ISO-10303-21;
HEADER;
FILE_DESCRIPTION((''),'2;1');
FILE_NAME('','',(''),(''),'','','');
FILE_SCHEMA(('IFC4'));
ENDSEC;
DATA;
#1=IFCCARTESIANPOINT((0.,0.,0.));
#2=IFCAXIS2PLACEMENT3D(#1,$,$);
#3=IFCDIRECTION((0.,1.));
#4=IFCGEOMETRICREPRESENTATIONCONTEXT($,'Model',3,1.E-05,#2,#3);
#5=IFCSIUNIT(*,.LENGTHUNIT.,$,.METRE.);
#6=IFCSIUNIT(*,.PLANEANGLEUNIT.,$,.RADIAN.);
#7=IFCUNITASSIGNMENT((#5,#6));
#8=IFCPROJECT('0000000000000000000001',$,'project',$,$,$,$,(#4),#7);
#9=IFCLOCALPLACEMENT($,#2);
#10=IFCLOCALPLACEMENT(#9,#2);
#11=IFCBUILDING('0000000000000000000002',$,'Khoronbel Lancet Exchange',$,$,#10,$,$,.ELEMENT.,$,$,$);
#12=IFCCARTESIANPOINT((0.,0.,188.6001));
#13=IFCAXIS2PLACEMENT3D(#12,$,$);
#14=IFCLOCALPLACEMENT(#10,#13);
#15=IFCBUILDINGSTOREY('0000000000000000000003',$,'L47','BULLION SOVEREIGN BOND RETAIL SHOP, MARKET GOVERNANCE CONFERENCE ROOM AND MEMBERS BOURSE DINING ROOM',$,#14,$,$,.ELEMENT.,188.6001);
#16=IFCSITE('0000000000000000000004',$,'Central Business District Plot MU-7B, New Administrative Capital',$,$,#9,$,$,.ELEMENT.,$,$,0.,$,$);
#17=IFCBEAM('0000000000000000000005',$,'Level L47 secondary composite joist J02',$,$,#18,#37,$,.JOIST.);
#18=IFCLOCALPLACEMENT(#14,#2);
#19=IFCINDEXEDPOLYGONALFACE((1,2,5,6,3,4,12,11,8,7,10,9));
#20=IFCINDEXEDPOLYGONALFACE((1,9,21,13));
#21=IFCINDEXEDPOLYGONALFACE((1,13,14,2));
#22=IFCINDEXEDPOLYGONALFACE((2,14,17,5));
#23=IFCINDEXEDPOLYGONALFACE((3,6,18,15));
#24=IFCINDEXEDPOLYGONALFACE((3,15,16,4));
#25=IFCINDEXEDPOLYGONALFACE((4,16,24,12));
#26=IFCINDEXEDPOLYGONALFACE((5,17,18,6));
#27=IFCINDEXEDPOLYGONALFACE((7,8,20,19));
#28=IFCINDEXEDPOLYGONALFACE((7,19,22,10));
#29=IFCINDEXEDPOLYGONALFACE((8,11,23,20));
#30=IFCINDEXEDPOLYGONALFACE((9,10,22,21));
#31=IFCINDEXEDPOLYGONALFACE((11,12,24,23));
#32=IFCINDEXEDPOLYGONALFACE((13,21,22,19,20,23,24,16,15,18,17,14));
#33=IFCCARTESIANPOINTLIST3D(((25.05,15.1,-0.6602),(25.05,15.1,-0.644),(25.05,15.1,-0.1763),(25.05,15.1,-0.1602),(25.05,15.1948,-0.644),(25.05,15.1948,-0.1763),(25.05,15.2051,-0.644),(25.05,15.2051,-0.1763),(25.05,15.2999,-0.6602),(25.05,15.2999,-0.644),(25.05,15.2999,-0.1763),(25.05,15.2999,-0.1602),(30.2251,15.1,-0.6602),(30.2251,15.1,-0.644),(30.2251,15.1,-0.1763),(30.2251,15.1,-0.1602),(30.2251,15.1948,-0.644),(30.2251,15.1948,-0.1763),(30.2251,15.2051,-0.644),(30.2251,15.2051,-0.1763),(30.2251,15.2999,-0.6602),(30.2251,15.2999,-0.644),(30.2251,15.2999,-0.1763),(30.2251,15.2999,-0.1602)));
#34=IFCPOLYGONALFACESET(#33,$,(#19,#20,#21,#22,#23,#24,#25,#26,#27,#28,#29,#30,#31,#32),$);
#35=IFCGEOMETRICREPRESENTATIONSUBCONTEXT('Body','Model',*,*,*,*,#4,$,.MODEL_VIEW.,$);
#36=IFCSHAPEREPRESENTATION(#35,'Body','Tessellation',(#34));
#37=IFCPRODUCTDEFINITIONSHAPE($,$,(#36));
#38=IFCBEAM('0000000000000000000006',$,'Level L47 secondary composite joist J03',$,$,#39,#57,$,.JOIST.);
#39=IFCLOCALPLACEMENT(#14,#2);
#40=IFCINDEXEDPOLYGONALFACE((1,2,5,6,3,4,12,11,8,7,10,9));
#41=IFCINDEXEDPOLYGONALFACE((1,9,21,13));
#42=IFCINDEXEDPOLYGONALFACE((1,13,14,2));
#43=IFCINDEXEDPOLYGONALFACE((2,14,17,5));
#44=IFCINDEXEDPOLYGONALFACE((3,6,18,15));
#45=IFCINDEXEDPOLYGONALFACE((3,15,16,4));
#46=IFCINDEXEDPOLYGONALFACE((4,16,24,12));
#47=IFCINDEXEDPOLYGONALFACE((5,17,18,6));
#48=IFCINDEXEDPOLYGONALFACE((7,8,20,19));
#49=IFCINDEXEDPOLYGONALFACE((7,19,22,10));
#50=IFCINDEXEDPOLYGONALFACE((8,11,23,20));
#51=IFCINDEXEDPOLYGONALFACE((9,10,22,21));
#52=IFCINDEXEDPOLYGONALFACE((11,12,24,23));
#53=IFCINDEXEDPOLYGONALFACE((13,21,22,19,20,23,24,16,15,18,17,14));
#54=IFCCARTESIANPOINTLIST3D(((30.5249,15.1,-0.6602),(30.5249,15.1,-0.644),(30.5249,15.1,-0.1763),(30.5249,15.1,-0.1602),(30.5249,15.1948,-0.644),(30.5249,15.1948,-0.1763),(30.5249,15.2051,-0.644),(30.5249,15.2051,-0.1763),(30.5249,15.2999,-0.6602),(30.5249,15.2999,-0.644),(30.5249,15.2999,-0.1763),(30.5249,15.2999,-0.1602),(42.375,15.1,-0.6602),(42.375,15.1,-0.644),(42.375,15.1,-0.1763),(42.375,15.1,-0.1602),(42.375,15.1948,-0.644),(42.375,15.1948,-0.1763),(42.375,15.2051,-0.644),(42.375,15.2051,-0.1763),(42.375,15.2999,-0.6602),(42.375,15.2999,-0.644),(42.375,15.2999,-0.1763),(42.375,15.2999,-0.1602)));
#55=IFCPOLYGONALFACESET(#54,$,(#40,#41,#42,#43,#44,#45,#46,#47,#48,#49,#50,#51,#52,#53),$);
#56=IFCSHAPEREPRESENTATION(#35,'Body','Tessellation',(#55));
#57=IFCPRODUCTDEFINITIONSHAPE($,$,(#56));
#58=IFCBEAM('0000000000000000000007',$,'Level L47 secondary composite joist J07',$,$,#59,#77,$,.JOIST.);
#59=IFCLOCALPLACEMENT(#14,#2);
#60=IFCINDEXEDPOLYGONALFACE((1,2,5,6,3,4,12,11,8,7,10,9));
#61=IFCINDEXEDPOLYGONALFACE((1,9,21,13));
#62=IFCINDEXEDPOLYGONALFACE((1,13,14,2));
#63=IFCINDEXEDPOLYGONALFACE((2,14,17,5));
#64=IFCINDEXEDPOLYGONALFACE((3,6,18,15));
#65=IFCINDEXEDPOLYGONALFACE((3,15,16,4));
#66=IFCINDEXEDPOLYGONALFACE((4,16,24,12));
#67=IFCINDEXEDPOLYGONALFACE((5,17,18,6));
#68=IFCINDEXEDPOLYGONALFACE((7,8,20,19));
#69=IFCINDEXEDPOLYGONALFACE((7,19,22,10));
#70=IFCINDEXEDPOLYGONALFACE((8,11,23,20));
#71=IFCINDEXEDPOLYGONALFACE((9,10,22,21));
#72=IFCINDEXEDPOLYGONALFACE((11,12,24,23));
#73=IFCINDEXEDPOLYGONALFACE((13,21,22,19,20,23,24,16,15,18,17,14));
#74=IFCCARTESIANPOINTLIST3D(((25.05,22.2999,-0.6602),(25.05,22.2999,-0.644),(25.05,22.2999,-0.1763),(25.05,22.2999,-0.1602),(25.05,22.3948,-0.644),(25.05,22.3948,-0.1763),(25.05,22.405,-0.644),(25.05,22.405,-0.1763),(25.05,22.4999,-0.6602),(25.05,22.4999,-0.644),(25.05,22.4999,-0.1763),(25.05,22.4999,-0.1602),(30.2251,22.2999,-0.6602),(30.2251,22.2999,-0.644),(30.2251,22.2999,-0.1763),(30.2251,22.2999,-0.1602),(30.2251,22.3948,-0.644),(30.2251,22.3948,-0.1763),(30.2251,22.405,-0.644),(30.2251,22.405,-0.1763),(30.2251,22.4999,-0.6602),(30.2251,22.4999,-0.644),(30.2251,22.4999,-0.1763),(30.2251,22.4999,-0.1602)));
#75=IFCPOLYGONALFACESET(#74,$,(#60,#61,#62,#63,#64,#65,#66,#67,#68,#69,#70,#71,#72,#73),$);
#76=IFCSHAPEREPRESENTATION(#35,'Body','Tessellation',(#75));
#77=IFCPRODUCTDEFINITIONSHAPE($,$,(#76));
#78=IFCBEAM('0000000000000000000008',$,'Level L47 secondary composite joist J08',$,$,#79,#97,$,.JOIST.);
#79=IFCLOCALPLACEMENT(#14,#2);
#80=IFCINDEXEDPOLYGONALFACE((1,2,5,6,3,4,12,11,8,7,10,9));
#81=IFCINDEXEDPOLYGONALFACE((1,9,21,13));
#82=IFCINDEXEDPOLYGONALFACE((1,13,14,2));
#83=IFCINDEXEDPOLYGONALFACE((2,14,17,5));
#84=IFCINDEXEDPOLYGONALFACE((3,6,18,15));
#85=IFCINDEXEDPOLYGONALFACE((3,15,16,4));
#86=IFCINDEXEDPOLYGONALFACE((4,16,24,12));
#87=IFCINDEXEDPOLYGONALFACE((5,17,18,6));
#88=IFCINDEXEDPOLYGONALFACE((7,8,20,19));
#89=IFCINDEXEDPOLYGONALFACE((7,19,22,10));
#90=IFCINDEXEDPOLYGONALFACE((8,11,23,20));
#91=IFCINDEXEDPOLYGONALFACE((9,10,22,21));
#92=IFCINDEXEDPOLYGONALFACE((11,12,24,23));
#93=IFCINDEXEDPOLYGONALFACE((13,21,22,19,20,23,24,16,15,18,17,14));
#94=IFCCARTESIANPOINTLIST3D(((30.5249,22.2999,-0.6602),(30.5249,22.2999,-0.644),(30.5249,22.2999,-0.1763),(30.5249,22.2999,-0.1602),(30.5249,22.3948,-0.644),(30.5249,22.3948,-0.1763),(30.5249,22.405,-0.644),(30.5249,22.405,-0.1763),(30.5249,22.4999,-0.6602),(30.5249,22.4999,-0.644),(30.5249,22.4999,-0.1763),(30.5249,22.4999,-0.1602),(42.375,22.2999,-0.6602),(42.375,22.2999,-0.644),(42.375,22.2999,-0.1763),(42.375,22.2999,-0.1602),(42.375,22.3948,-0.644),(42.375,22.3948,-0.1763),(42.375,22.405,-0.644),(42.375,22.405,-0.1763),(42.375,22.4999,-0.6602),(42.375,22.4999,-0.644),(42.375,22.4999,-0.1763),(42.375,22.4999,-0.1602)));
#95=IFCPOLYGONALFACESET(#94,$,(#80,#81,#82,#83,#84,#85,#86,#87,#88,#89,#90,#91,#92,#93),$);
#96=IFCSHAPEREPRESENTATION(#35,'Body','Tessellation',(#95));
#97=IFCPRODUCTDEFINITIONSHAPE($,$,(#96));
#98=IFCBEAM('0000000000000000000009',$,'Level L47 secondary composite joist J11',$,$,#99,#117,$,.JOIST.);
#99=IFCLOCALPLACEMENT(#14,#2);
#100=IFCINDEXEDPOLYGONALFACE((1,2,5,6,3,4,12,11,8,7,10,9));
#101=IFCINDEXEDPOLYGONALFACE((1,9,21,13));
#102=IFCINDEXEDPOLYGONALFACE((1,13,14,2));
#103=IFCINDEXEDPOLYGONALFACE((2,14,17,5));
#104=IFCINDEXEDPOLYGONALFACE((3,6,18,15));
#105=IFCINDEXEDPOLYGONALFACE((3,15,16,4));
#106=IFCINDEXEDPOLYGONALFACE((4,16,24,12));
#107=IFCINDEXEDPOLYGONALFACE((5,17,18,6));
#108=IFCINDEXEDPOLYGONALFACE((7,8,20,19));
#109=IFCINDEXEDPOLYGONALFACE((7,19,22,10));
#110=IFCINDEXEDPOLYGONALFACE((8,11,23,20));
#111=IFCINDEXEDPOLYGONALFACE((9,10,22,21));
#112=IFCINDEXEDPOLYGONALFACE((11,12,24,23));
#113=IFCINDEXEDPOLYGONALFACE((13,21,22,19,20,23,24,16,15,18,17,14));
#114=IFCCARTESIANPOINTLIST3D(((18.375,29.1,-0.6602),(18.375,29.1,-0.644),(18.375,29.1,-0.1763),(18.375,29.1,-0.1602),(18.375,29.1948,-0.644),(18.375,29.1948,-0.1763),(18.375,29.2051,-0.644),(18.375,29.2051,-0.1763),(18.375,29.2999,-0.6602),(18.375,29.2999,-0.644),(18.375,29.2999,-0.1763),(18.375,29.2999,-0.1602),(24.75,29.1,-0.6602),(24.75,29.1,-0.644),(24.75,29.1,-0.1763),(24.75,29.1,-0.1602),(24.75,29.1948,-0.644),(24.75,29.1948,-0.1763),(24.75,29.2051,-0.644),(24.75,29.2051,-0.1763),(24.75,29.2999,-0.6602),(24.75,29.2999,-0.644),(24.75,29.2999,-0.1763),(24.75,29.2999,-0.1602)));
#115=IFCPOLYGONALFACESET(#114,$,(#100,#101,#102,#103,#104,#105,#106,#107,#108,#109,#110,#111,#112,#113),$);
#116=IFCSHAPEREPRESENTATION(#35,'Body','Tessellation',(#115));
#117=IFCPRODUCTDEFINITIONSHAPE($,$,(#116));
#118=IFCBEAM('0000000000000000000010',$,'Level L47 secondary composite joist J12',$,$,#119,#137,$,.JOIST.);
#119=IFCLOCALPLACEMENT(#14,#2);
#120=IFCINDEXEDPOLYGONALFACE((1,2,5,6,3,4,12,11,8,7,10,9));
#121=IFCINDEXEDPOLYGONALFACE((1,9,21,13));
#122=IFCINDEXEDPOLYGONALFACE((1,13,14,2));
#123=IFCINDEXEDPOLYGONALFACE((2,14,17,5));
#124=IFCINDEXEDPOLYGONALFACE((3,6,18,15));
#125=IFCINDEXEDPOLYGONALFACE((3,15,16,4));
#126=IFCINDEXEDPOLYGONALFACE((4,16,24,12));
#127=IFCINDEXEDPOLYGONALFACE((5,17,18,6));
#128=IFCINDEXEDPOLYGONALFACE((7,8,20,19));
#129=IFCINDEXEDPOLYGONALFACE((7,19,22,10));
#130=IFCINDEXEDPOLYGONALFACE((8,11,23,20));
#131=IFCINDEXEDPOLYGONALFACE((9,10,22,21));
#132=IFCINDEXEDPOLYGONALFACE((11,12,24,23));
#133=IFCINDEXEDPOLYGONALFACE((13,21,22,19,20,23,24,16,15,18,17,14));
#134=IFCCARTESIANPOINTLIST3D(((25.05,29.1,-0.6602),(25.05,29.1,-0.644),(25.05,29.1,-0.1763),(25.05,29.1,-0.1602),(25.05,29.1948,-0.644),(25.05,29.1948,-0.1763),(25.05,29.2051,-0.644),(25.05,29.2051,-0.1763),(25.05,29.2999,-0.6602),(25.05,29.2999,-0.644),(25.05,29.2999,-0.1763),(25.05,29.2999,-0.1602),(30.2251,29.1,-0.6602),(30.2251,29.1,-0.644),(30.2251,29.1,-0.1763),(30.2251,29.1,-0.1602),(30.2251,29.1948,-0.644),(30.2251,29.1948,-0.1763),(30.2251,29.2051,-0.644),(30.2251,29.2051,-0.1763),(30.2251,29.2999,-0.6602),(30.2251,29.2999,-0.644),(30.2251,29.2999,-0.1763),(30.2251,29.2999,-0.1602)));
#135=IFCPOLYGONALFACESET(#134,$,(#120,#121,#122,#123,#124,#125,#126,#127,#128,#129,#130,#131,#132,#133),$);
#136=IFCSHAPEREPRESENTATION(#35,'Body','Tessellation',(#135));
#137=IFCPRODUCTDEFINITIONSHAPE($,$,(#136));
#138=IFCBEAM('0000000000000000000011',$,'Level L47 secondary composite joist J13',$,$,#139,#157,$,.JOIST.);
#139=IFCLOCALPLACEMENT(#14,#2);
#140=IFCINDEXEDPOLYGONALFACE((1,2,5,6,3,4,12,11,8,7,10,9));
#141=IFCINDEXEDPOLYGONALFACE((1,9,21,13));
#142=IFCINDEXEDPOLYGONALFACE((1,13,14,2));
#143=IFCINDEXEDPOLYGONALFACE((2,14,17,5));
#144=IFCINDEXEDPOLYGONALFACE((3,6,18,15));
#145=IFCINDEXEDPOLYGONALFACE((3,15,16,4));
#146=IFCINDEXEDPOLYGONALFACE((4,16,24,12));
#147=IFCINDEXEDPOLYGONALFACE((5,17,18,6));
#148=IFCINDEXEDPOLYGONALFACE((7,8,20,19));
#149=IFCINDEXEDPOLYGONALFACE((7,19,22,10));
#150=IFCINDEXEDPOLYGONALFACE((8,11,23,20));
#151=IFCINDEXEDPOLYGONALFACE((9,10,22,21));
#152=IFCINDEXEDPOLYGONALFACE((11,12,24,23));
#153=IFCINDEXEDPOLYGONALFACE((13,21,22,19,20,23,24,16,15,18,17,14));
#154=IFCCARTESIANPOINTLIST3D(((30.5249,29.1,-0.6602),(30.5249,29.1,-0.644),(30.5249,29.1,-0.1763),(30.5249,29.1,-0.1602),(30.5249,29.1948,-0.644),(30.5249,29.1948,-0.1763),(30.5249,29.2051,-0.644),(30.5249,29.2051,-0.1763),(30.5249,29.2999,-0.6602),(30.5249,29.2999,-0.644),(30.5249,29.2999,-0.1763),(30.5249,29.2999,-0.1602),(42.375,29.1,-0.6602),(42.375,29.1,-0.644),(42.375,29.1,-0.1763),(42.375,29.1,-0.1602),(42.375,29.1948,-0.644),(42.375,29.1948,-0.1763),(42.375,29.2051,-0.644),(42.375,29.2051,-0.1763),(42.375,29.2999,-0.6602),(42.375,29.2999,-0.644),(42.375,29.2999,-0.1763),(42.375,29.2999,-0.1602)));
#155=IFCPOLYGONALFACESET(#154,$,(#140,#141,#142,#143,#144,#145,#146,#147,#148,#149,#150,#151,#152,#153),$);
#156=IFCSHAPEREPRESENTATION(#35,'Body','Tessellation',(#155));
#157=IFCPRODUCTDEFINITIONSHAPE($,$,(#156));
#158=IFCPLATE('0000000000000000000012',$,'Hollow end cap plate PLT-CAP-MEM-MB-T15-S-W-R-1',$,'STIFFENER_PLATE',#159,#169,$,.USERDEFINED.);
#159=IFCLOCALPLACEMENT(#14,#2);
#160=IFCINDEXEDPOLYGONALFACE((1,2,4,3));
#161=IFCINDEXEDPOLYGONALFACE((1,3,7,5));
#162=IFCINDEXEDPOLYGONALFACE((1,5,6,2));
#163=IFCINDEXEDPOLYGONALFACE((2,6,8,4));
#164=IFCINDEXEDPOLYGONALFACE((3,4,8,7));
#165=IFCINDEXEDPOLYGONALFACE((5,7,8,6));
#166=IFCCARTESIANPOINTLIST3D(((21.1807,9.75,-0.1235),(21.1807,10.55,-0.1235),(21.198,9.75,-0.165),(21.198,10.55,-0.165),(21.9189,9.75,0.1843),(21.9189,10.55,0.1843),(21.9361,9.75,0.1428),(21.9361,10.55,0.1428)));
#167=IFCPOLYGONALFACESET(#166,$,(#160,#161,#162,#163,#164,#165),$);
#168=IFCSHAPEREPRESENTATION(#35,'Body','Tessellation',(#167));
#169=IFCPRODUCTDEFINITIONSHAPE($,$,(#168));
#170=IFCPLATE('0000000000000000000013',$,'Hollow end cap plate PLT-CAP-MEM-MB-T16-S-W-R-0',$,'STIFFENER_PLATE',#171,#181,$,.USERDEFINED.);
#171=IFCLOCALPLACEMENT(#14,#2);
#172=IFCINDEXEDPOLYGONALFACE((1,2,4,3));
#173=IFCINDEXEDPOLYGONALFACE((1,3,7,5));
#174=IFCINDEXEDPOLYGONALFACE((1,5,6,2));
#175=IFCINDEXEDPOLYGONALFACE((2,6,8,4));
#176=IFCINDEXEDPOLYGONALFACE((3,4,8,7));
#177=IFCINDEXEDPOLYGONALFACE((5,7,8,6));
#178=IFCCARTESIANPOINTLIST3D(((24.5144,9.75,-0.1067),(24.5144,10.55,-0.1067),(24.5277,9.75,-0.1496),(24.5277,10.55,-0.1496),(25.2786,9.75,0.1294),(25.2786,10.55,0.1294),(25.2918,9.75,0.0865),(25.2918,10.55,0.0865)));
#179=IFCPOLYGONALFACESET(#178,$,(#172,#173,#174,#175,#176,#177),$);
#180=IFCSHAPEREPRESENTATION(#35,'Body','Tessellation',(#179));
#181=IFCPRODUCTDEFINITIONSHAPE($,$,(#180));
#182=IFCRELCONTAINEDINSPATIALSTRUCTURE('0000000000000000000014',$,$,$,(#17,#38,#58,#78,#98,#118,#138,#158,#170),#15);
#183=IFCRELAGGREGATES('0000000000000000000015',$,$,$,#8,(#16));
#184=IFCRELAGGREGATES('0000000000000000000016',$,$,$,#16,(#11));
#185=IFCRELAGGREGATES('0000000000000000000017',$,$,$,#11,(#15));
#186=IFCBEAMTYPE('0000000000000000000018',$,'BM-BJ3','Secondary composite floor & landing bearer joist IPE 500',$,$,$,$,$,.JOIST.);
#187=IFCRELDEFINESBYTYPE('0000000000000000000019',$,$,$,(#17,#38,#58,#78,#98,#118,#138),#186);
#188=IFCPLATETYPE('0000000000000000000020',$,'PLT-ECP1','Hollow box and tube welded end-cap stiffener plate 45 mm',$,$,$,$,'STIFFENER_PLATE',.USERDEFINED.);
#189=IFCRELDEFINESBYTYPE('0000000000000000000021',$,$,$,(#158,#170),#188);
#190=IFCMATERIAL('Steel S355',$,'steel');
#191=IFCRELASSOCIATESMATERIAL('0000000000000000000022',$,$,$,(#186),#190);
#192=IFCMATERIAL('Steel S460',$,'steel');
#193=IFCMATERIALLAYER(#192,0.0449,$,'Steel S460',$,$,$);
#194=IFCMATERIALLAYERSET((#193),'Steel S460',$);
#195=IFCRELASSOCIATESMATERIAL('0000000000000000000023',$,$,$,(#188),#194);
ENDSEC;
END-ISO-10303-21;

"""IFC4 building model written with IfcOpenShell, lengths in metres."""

from ifc_helpers import new_model, si_unit, direction, frame, origin, origin_2d, place, context, subcontext, project, spatial, polyline, i_section, outline, extrude, material, layer, layer_set, material_profile, profile_set, type_object, element, save


model = new_model("IFC4")

# Units and contexts
model_context = context("Model", 3, precision=1e-05, world=origin(), true_north=direction((0.0, 1.0)))
body_context = subcontext(model_context, "Body", "Model", "MODEL_VIEW")
ifc_project = project(units=[si_unit("LENGTHUNIT", "METRE"), si_unit("PLANEANGLEUNIT", "RADIAN")], contexts=[model_context])

# Site, building, storey
site_placement = place(None, origin())
site = spatial("IfcSite", under=ifc_project, at=site_placement, Name="Central Business District Plot MU-7B, New Administrative Capital", CompositionType="ELEMENT", RefElevation=0.0)
building_placement = place(site_placement, origin())
building = spatial("IfcBuilding", under=site, at=building_placement, Name="Khoronbel Lancet Exchange", CompositionType="ELEMENT")
storey_placement = place(building_placement, frame((0.0, 0.0, 188.6001)))
storey = spatial("IfcBuildingStorey", under=building, at=storey_placement, Name="L47", Description="BULLION SOVEREIGN BOND RETAIL SHOP, MARKET GOVERNANCE CONFERENCE ROOM AND MEMBERS BOURSE DINING ROOM", CompositionType="ELEMENT", Elevation=188.6001)

# Beams
ifc_material_1 = material(Name="Steel S355", Category="steel")
ifc_material_profile = material_profile(ifc_material_1, i_section(OverallWidth=0.2, OverallDepth=0.5, WebThickness=0.0103, FlangeThickness=0.0161, at=origin_2d()), Name="IPE 500")
ifc_profile_set = profile_set([ifc_material_profile], Name="Steel S355")
beam_type = type_object("IfcBeamType", Name="BM-BJ3", Description="Secondary composite floor & landing bearer joist IPE 500", PredefinedType="JOIST", material=ifc_profile_set)
beam_1_placement = place(storey_placement, frame((25.05, 15.2, -0.4102), z_axis=(1.0, 0.0, 0.0), x_axis=(0.0, 1.0, 0.0)))
element("IfcBeam", 1, at=beam_1_placement, inside=storey, type_object=beam_type, Name="Level L47 secondary composite joist J02", PredefinedType="JOIST", context=body_context, shape_type="SweptSolid", body=[
    extrude(i_section(OverallWidth=0.2, OverallDepth=0.5, WebThickness=0.0103, FlangeThickness=0.0161, at=origin_2d()), origin(), (0.0, 0.0, 1.0), 5.175),
])
beam_2_placement = place(storey_placement, frame((30.5249, 15.2, -0.4102), z_axis=(1.0, 0.0, 0.0), x_axis=(0.0, 1.0, 0.0)))
element("IfcBeam", 2, at=beam_2_placement, inside=storey, type_object=beam_type, Name="Level L47 secondary composite joist J03", PredefinedType="JOIST", context=body_context, shape_type="SweptSolid", body=[
    extrude(i_section(OverallWidth=0.2, OverallDepth=0.5, WebThickness=0.0103, FlangeThickness=0.0161, at=origin_2d()), origin(), (0.0, 0.0, 1.0), 11.8501),
])
beam_3_placement = place(storey_placement, frame((25.05, 22.3999, -0.4102), z_axis=(1.0, 0.0, 0.0), x_axis=(0.0, 1.0, 0.0)))
element("IfcBeam", 3, at=beam_3_placement, inside=storey, type_object=beam_type, Name="Level L47 secondary composite joist J07", PredefinedType="JOIST", context=body_context, shape_type="SweptSolid", body=[
    extrude(i_section(OverallWidth=0.2, OverallDepth=0.5, WebThickness=0.0103, FlangeThickness=0.0161, at=origin_2d()), origin(), (0.0, 0.0, 1.0), 5.175),
])
beam_4_placement = place(storey_placement, frame((30.5249, 22.3999, -0.4102), z_axis=(1.0, 0.0, 0.0), x_axis=(0.0, 1.0, 0.0)))
element("IfcBeam", 4, at=beam_4_placement, inside=storey, type_object=beam_type, Name="Level L47 secondary composite joist J08", PredefinedType="JOIST", context=body_context, shape_type="SweptSolid", body=[
    extrude(i_section(OverallWidth=0.2, OverallDepth=0.5, WebThickness=0.0103, FlangeThickness=0.0161, at=origin_2d()), origin(), (0.0, 0.0, 1.0), 11.8501),
])
beam_5_placement = place(storey_placement, frame((18.375, 29.2, -0.4102), z_axis=(1.0, 0.0, 0.0), x_axis=(0.0, 1.0, 0.0)))
element("IfcBeam", 5, at=beam_5_placement, inside=storey, type_object=beam_type, Name="Level L47 secondary composite joist J11", PredefinedType="JOIST", context=body_context, shape_type="SweptSolid", body=[
    extrude(i_section(OverallWidth=0.2, OverallDepth=0.5, WebThickness=0.0103, FlangeThickness=0.0161, at=origin_2d()), origin(), (0.0, 0.0, 1.0), 6.375),
])
beam_6_placement = place(storey_placement, frame((25.05, 29.2, -0.4102), z_axis=(1.0, 0.0, 0.0), x_axis=(0.0, 1.0, 0.0)))
element("IfcBeam", 6, at=beam_6_placement, inside=storey, type_object=beam_type, Name="Level L47 secondary composite joist J12", PredefinedType="JOIST", context=body_context, shape_type="SweptSolid", body=[
    extrude(i_section(OverallWidth=0.2, OverallDepth=0.5, WebThickness=0.0103, FlangeThickness=0.0161, at=origin_2d()), origin(), (0.0, 0.0, 1.0), 5.175),
])
beam_7_placement = place(storey_placement, frame((30.5249, 29.2, -0.4102), z_axis=(1.0, 0.0, 0.0), x_axis=(0.0, 1.0, 0.0)))
element("IfcBeam", 7, at=beam_7_placement, inside=storey, type_object=beam_type, Name="Level L47 secondary composite joist J13", PredefinedType="JOIST", context=body_context, shape_type="SweptSolid", body=[
    extrude(i_section(OverallWidth=0.2, OverallDepth=0.5, WebThickness=0.0103, FlangeThickness=0.0161, at=origin_2d()), origin(), (0.0, 0.0, 1.0), 11.8501),
])

# Plates
ifc_material_2 = material(Name="Steel S460", Category="steel")
ifc_layer_1 = layer(ifc_material_2, 0.0449, Name="Steel S460")
ifc_layer_set_1 = layer_set([ifc_layer_1], Name="Steel S460")
plate_type = type_object("IfcPlateType", Name="PLT-ECP1", Description="Hollow box and tube welded end-cap stiffener plate 45 mm", ElementType="STIFFENER_PLATE", PredefinedType="USERDEFINED", material=ifc_layer_set_1)
for number, where, z_axis, x_axis, name in (
    (8, (21.1807, 10.55, -0.1235), (-0.384875, 0.0, 0.922969), (0.0, -1.0, 0.0), "Hollow end cap plate PLT-CAP-MEM-MB-T15-S-W-R-1"),
    (9, (24.5144, 10.55, -0.1067), (-0.29518, 0.0, 0.955442), (0.0, -1.0, 0.0), "Hollow end cap plate PLT-CAP-MEM-MB-T16-S-W-R-0"),
):
    element("IfcPlate", number, at=place(storey_placement, frame(where, z_axis=z_axis, x_axis=x_axis)), inside=storey, type_object=plate_type, Name=name, ObjectType="STIFFENER_PLATE", PredefinedType="USERDEFINED", context=body_context, shape_type="SweptSolid", body=[
        extrude(outline(polyline([(0.0, 0.0), (0.8, 0.0), (0.8, 0.7998), (0.0, 0.7998), (0.0, 0.0)])), origin(), (0.0, 0.0, -1.0), 0.0449),
    ])

save(model, "model.ifc")
